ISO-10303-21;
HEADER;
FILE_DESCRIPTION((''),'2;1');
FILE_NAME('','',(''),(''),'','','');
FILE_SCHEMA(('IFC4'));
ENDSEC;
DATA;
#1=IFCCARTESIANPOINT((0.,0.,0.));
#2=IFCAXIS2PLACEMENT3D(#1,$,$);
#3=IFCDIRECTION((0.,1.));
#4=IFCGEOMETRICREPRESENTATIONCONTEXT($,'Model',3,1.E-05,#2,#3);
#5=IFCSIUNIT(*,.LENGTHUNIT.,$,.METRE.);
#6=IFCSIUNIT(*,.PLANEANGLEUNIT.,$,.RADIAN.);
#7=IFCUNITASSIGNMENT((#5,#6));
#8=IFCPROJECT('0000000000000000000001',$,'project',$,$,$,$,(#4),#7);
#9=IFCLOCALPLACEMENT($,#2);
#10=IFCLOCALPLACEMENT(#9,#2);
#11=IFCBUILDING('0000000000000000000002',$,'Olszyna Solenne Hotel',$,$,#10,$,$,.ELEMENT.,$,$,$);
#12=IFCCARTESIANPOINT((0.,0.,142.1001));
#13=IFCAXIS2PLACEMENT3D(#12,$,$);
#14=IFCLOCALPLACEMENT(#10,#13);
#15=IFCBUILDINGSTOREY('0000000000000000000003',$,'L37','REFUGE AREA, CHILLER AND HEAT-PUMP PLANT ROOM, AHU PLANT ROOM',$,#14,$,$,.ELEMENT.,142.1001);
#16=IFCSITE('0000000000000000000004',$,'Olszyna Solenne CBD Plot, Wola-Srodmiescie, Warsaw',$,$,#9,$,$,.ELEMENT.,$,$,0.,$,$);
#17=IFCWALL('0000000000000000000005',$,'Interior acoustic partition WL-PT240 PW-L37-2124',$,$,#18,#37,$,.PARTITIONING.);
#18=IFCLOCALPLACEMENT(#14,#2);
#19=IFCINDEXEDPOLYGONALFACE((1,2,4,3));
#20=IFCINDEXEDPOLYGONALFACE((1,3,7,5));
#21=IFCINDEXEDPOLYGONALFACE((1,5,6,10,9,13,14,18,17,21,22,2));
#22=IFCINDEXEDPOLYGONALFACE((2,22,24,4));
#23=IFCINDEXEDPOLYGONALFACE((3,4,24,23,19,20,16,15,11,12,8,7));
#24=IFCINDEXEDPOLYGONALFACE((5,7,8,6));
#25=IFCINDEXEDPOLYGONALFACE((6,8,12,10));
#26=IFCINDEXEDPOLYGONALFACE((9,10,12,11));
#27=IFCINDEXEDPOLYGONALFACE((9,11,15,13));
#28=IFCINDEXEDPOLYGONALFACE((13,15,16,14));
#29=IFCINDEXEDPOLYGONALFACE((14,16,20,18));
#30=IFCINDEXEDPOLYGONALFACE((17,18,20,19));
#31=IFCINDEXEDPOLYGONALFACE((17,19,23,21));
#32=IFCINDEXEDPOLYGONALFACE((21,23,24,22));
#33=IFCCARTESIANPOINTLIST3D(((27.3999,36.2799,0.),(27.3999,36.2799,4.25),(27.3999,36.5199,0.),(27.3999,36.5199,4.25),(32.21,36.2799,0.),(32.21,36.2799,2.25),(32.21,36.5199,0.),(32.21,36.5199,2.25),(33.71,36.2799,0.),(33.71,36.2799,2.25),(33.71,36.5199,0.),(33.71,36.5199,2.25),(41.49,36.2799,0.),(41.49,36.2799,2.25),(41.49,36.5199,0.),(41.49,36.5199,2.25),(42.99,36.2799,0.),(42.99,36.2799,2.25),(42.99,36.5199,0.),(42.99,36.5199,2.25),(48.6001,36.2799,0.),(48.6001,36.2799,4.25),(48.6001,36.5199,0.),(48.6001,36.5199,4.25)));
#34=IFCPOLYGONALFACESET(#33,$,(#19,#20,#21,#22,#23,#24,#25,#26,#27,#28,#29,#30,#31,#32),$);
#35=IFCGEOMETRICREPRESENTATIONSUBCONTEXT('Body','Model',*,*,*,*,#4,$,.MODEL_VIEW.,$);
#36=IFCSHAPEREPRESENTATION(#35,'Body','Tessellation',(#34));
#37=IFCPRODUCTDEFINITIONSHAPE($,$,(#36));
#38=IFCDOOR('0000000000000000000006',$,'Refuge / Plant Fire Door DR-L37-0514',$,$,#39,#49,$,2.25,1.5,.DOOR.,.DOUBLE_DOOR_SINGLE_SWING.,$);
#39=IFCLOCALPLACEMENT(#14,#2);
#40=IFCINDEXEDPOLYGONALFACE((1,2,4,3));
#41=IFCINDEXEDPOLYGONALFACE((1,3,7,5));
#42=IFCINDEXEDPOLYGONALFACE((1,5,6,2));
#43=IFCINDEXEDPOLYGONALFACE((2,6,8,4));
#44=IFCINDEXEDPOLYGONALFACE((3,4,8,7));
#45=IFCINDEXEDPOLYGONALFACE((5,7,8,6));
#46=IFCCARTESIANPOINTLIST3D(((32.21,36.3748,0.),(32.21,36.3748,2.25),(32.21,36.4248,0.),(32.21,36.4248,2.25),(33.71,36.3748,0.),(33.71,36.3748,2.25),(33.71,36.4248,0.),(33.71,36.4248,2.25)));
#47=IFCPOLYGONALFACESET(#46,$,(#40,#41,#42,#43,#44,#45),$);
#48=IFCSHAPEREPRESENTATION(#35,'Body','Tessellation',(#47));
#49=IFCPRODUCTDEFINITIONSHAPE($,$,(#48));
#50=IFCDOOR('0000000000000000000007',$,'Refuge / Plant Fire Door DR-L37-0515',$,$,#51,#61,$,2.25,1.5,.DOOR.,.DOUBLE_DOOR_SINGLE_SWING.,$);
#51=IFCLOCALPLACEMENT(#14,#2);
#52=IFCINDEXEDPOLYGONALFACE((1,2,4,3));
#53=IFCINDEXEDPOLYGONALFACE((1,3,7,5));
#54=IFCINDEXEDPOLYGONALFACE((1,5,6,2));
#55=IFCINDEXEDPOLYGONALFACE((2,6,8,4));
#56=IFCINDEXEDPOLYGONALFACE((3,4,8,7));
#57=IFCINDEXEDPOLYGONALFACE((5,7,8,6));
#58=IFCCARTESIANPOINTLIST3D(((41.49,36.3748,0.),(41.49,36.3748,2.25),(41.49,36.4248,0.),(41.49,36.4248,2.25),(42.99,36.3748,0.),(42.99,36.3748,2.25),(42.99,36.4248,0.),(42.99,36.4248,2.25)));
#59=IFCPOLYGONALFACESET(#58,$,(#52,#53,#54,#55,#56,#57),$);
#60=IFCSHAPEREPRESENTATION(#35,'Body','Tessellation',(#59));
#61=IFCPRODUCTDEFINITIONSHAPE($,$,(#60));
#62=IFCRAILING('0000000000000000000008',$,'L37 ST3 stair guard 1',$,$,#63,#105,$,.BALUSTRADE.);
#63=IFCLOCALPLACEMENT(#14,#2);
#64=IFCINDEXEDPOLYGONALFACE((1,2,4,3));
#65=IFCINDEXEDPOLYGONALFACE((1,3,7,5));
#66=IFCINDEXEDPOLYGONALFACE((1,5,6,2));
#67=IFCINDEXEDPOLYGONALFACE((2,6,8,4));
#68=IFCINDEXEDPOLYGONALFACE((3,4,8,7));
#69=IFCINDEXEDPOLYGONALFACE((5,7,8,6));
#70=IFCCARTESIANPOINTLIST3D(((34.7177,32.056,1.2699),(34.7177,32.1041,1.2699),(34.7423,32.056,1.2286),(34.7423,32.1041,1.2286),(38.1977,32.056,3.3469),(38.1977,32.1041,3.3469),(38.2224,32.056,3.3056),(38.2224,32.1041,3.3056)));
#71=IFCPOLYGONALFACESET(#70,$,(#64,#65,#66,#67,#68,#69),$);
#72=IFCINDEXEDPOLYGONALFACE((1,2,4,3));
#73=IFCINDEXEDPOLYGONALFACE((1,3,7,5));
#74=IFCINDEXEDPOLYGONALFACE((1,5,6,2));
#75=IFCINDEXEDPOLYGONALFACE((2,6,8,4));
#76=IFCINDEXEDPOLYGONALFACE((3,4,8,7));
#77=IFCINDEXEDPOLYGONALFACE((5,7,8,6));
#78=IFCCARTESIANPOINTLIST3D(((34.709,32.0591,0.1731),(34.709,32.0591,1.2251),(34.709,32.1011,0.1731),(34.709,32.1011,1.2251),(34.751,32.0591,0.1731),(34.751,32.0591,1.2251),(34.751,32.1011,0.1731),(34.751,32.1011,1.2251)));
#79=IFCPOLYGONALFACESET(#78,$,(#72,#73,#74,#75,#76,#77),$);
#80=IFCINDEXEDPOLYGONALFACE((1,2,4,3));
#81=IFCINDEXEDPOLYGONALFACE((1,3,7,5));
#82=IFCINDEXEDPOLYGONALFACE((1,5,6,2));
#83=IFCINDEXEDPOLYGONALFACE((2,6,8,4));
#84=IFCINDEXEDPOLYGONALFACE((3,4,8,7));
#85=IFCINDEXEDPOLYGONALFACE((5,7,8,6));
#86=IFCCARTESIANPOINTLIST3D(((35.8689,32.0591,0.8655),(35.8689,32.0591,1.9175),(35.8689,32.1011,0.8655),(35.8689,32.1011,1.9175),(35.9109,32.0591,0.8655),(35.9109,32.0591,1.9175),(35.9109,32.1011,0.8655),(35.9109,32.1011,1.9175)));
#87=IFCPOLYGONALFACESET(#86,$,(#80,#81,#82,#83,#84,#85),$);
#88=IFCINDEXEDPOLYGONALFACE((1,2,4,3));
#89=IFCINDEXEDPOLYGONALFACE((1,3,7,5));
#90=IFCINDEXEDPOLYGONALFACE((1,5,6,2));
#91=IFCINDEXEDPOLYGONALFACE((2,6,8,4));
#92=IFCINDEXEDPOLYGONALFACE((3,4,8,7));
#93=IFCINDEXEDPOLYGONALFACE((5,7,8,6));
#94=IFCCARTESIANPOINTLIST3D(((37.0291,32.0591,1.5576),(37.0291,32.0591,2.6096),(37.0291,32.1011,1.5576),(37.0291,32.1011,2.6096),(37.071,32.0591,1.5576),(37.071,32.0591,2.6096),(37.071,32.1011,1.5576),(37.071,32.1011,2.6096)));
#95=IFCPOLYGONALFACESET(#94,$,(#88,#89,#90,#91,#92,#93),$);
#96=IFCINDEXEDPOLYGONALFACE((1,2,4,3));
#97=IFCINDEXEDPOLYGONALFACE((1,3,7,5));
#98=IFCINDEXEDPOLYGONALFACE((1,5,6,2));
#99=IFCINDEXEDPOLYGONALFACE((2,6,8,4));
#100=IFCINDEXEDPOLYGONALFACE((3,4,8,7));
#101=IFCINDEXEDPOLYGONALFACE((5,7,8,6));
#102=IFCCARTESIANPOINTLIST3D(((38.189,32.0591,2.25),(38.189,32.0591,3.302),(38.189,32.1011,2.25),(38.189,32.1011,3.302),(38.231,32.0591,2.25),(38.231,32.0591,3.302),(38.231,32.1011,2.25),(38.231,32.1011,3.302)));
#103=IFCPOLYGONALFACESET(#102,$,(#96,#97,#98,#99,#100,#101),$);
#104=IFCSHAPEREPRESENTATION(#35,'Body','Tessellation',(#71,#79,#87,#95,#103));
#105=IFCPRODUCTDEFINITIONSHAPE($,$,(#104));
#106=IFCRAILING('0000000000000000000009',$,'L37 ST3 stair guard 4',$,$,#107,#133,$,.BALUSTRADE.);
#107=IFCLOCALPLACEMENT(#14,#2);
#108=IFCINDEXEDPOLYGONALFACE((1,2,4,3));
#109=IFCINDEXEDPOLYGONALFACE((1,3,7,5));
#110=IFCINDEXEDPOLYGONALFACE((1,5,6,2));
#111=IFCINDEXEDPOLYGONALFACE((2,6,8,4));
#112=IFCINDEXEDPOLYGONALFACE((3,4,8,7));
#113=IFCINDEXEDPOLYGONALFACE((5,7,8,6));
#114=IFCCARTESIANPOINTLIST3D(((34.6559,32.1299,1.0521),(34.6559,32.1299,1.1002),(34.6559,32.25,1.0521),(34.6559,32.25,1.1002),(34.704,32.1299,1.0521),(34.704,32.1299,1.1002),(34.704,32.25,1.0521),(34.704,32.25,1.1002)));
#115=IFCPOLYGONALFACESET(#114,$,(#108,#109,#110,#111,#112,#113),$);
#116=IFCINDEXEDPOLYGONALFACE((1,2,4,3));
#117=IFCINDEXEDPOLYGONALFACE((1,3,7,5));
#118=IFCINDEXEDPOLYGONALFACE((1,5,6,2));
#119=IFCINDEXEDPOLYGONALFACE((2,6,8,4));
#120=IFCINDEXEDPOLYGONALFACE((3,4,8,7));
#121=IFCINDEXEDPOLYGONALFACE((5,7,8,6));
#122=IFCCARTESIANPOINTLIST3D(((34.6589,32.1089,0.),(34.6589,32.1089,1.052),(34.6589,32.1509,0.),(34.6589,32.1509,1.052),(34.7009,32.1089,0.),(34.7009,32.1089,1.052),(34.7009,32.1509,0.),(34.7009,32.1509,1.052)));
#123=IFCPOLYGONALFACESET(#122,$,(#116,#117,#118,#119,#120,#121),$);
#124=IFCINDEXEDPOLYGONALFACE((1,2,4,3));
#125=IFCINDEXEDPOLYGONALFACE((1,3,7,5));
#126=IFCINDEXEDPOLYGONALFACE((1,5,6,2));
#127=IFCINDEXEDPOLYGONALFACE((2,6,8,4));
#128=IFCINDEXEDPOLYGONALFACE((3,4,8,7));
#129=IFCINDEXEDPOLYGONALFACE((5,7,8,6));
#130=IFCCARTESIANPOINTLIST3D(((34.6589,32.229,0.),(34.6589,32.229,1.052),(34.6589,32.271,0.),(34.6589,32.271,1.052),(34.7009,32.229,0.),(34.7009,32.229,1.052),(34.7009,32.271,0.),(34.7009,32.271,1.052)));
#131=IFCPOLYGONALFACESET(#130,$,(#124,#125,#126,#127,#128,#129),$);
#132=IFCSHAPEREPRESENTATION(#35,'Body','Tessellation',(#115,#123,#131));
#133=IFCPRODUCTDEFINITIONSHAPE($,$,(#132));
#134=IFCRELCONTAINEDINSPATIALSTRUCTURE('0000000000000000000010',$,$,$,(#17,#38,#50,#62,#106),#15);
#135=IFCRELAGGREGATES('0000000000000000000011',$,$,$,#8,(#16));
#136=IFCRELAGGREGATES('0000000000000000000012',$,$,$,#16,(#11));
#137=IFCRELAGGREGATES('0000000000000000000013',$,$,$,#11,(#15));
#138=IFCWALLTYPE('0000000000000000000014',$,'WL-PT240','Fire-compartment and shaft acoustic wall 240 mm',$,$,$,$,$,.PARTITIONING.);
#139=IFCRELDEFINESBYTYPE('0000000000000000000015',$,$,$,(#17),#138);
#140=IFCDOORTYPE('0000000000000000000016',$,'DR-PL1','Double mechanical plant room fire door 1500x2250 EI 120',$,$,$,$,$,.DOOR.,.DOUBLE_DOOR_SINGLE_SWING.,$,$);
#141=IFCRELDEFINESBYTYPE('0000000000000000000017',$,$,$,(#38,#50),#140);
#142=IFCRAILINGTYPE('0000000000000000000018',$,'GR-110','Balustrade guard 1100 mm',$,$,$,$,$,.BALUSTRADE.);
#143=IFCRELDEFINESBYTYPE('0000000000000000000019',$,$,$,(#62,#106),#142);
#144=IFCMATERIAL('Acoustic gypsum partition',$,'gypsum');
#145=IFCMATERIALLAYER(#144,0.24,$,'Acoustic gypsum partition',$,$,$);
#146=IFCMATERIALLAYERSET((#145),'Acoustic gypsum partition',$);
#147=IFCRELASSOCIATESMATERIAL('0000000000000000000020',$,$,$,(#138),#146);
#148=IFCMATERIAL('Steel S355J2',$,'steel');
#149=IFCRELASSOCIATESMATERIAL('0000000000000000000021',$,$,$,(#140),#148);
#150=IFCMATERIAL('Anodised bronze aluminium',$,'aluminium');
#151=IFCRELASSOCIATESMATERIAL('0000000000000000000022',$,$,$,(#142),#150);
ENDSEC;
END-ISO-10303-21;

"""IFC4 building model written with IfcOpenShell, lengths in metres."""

from ifc_helpers import new_model, si_unit, direction, frame, frame_2d, origin, origin_2d, place, context, subcontext, project, spatial, rectangle, extrude, source, transform, mapped, material, layer, layer_set, type_object, type_shapes, element, fill, save


model = new_model("IFC4")

# Units and contexts
model_context = context("Model", 3, precision=1e-05, world=origin(), true_north=direction((0.0, 1.0)))
body_context = subcontext(model_context, "Body", "Model", "MODEL_VIEW")
ifc_project = project(units=[si_unit("LENGTHUNIT", "METRE"), si_unit("PLANEANGLEUNIT", "RADIAN")], contexts=[model_context])

# Site, building, storey
site_placement = place(None, origin())
site = spatial("IfcSite", under=ifc_project, at=site_placement, Name="Olszyna Solenne CBD Plot, Wola-Srodmiescie, Warsaw", CompositionType="ELEMENT", RefElevation=0.0)
building_placement = place(site_placement, origin())
building = spatial("IfcBuilding", under=site, at=building_placement, Name="Olszyna Solenne Hotel", CompositionType="ELEMENT")
storey_placement = place(building_placement, frame((0.0, 0.0, 142.1001)))
storey = spatial("IfcBuildingStorey", under=building, at=storey_placement, Name="L37", Description="REFUGE AREA, CHILLER AND HEAT-PUMP PLANT ROOM, AHU PLANT ROOM", CompositionType="ELEMENT", Elevation=142.1001)

# Shared definitions
ifc_material_1 = material(Name="Steel S355J2", Category="steel")

# Shared definitions
ifc_material_2 = material(Name="Acoustic gypsum partition", Category="gypsum")
ifc_layer_1 = layer(ifc_material_2, 0.24, Name="Acoustic gypsum partition")
ifc_layer_set_1 = layer_set([ifc_layer_1], Name="Acoustic gypsum partition")
wall_type_1 = type_object("IfcWallType", Name="WL-PT240", Description="Fire-compartment and shaft acoustic wall 240 mm", PredefinedType="PARTITIONING", material=ifc_layer_set_1)

# Wall, openings, doors
wall_1_placement = place(storey_placement, frame((27.3999, 36.3999, 0.0), z_axis=(0.0, 0.0, 1.0), x_axis=(1.0, 0.0, 0.0)))
wall_1 = element("IfcWall", 1, at=wall_1_placement, inside=storey, type_object=wall_type_1, Name="Interior acoustic partition WL-PT240 PW-L37-2124", PredefinedType="PARTITIONING", context=body_context, shape_type="SweptSolid", body=[
    extrude(rectangle(XDim=21.2002, YDim=0.24, at=frame_2d((10.6001, 0.0))), origin(), (0.0, 0.0, 1.0), 4.25),
])
opening_1_placement = place(wall_1_placement, frame((4.8101, 0.0, 0.0)))
opening_1 = element("IfcOpeningElement", 2, at=opening_1_placement, cuts=wall_1, PredefinedType="OPENING", context=body_context, shape_type="SweptSolid", body=[
    extrude(rectangle(XDim=1.5, YDim=2.25, at=frame_2d((0.75, 1.125))), frame((0.0, 0.1299, 0.0), z_axis=(0.0, -1.0, 0.0), x_axis=(1.0, 0.0, 0.0)), (0.0, 0.0, 1.0), 0.26),
])
opening_2_placement = place(wall_1_placement, frame((14.0901, 0.0, 0.0)))
opening_2 = element("IfcOpeningElement", 3, at=opening_2_placement, cuts=wall_1, PredefinedType="OPENING", context=body_context, shape_type="SweptSolid", body=[
    extrude(rectangle(XDim=1.5, YDim=2.25, at=frame_2d((0.75, 1.125))), frame((0.0, 0.1299, 0.0), z_axis=(0.0, -1.0, 0.0), x_axis=(1.0, 0.0, 0.0)), (0.0, 0.0, 1.0), 0.26),
])
door_type_1 = type_object("IfcDoorType", Name="DR-PL1", Description="Double mechanical plant room fire door 1500x2250 EI 120", OperationType="DOUBLE_DOOR_SINGLE_SWING", PredefinedType="DOOR", material=ifc_material_1)
shared_shape_1 = source(origin(), body_context, "Body", "SweptSolid", [
    extrude(rectangle(XDim=1.5, YDim=2.25, at=frame_2d((0.75, 1.125))), frame((0.0, 0.0249, 0.0), z_axis=(0.0, -1.0, 0.0), x_axis=(1.0, 0.0, 0.0)), (0.0, 0.0, 1.0), 0.05),
])
type_shapes(door_type_1, [shared_shape_1])
door_1_placement = place(opening_1_placement, origin())
door_1 = element("IfcDoor", 4, at=door_1_placement, inside=storey, type_object=door_type_1, Name="Refuge / Plant Fire Door DR-L37-0514", OperationType="DOUBLE_DOOR_SINGLE_SWING", OverallHeight=2.25, OverallWidth=1.5, PredefinedType="DOOR", context=body_context, shape_type="MappedRepresentation", body=[
    mapped(shared_shape_1, transform((0.0, 0.0, 0.0), x_axis=(1.0, 0.0, 0.0), y_axis=(0.0, 1.0, 0.0), z_axis=(0.0, 0.0, 1.0), scale=1.0)),
])
fill(opening_1, door_1)
door_2_placement = place(opening_2_placement, origin())
door_2 = element("IfcDoor", 5, at=door_2_placement, inside=storey, type_object=door_type_1, Name="Refuge / Plant Fire Door DR-L37-0515", OperationType="DOUBLE_DOOR_SINGLE_SWING", OverallHeight=2.25, OverallWidth=1.5, PredefinedType="DOOR", context=body_context, shape_type="MappedRepresentation", body=[
    mapped(shared_shape_1, transform((0.0, 0.0, 0.0), x_axis=(1.0, 0.0, 0.0), y_axis=(0.0, 1.0, 0.0), z_axis=(0.0, 0.0, 1.0), scale=1.0)),
])
fill(opening_2, door_2)

# Railings
ifc_material_3 = material(Name="Anodised bronze aluminium", Category="aluminium")
railing_type = type_object("IfcRailingType", Name="GR-110", Description="Balustrade guard 1100 mm", PredefinedType="BALUSTRADE", material=ifc_material_3)
railing_1_placement = place(storey_placement, frame((34.73, 32.0801, 0.1731)))
element("IfcRailing", 6, at=railing_1_placement, inside=storey, type_object=railing_type, Name="L37 ST3 stair guard 1", PredefinedType="BALUSTRADE", context=body_context, shape_type="SweptSolid", body=[
    extrude(rectangle(XDim=0.0481, YDim=0.0481, at=origin_2d()), frame((0.0, 0.0, 1.0762), z_axis=(0.858697, 0.0, 0.512483), x_axis=(0.0, 1.0, 0.0)), (0.0, 0.0, 1.0), 4.0527),
    extrude(rectangle(XDim=0.042, YDim=0.042, at=origin_2d()), origin(), (0.0, 0.0, 1.0), 1.052),
    extrude(rectangle(XDim=0.042, YDim=0.042, at=origin_2d()), frame((1.1599, 0.0, 0.6924)), (0.0, 0.0, 1.0), 1.052),
    extrude(rectangle(XDim=0.042, YDim=0.042, at=origin_2d()), frame((2.3201, 0.0, 1.3845)), (0.0, 0.0, 1.0), 1.052),
    extrude(rectangle(XDim=0.042, YDim=0.042, at=origin_2d()), frame((3.48, 0.0, 2.0769)), (0.0, 0.0, 1.0), 1.052),
])
railing_2_placement = place(storey_placement, frame((34.6799, 32.1299, 0.0)))
element("IfcRailing", 7, at=railing_2_placement, inside=storey, type_object=railing_type, Name="L37 ST3 stair guard 4", PredefinedType="BALUSTRADE", context=body_context, shape_type="SweptSolid", body=[
    extrude(rectangle(XDim=0.0481, YDim=0.0481, at=origin_2d()), frame((0.0, 0.0, 1.0762), z_axis=(0.0, 1.0, 0.0), x_axis=(-1.0, 0.0, 0.0)), (0.0, 0.0, 1.0), 0.1201),
    extrude(rectangle(XDim=0.042, YDim=0.042, at=origin_2d()), origin(), (0.0, 0.0, 1.0), 1.052),
    extrude(rectangle(XDim=0.042, YDim=0.042, at=origin_2d()), frame((0.0, 0.1201, 0.0)), (0.0, 0.0, 1.0), 1.052),
])

save(model, "model.ifc")
